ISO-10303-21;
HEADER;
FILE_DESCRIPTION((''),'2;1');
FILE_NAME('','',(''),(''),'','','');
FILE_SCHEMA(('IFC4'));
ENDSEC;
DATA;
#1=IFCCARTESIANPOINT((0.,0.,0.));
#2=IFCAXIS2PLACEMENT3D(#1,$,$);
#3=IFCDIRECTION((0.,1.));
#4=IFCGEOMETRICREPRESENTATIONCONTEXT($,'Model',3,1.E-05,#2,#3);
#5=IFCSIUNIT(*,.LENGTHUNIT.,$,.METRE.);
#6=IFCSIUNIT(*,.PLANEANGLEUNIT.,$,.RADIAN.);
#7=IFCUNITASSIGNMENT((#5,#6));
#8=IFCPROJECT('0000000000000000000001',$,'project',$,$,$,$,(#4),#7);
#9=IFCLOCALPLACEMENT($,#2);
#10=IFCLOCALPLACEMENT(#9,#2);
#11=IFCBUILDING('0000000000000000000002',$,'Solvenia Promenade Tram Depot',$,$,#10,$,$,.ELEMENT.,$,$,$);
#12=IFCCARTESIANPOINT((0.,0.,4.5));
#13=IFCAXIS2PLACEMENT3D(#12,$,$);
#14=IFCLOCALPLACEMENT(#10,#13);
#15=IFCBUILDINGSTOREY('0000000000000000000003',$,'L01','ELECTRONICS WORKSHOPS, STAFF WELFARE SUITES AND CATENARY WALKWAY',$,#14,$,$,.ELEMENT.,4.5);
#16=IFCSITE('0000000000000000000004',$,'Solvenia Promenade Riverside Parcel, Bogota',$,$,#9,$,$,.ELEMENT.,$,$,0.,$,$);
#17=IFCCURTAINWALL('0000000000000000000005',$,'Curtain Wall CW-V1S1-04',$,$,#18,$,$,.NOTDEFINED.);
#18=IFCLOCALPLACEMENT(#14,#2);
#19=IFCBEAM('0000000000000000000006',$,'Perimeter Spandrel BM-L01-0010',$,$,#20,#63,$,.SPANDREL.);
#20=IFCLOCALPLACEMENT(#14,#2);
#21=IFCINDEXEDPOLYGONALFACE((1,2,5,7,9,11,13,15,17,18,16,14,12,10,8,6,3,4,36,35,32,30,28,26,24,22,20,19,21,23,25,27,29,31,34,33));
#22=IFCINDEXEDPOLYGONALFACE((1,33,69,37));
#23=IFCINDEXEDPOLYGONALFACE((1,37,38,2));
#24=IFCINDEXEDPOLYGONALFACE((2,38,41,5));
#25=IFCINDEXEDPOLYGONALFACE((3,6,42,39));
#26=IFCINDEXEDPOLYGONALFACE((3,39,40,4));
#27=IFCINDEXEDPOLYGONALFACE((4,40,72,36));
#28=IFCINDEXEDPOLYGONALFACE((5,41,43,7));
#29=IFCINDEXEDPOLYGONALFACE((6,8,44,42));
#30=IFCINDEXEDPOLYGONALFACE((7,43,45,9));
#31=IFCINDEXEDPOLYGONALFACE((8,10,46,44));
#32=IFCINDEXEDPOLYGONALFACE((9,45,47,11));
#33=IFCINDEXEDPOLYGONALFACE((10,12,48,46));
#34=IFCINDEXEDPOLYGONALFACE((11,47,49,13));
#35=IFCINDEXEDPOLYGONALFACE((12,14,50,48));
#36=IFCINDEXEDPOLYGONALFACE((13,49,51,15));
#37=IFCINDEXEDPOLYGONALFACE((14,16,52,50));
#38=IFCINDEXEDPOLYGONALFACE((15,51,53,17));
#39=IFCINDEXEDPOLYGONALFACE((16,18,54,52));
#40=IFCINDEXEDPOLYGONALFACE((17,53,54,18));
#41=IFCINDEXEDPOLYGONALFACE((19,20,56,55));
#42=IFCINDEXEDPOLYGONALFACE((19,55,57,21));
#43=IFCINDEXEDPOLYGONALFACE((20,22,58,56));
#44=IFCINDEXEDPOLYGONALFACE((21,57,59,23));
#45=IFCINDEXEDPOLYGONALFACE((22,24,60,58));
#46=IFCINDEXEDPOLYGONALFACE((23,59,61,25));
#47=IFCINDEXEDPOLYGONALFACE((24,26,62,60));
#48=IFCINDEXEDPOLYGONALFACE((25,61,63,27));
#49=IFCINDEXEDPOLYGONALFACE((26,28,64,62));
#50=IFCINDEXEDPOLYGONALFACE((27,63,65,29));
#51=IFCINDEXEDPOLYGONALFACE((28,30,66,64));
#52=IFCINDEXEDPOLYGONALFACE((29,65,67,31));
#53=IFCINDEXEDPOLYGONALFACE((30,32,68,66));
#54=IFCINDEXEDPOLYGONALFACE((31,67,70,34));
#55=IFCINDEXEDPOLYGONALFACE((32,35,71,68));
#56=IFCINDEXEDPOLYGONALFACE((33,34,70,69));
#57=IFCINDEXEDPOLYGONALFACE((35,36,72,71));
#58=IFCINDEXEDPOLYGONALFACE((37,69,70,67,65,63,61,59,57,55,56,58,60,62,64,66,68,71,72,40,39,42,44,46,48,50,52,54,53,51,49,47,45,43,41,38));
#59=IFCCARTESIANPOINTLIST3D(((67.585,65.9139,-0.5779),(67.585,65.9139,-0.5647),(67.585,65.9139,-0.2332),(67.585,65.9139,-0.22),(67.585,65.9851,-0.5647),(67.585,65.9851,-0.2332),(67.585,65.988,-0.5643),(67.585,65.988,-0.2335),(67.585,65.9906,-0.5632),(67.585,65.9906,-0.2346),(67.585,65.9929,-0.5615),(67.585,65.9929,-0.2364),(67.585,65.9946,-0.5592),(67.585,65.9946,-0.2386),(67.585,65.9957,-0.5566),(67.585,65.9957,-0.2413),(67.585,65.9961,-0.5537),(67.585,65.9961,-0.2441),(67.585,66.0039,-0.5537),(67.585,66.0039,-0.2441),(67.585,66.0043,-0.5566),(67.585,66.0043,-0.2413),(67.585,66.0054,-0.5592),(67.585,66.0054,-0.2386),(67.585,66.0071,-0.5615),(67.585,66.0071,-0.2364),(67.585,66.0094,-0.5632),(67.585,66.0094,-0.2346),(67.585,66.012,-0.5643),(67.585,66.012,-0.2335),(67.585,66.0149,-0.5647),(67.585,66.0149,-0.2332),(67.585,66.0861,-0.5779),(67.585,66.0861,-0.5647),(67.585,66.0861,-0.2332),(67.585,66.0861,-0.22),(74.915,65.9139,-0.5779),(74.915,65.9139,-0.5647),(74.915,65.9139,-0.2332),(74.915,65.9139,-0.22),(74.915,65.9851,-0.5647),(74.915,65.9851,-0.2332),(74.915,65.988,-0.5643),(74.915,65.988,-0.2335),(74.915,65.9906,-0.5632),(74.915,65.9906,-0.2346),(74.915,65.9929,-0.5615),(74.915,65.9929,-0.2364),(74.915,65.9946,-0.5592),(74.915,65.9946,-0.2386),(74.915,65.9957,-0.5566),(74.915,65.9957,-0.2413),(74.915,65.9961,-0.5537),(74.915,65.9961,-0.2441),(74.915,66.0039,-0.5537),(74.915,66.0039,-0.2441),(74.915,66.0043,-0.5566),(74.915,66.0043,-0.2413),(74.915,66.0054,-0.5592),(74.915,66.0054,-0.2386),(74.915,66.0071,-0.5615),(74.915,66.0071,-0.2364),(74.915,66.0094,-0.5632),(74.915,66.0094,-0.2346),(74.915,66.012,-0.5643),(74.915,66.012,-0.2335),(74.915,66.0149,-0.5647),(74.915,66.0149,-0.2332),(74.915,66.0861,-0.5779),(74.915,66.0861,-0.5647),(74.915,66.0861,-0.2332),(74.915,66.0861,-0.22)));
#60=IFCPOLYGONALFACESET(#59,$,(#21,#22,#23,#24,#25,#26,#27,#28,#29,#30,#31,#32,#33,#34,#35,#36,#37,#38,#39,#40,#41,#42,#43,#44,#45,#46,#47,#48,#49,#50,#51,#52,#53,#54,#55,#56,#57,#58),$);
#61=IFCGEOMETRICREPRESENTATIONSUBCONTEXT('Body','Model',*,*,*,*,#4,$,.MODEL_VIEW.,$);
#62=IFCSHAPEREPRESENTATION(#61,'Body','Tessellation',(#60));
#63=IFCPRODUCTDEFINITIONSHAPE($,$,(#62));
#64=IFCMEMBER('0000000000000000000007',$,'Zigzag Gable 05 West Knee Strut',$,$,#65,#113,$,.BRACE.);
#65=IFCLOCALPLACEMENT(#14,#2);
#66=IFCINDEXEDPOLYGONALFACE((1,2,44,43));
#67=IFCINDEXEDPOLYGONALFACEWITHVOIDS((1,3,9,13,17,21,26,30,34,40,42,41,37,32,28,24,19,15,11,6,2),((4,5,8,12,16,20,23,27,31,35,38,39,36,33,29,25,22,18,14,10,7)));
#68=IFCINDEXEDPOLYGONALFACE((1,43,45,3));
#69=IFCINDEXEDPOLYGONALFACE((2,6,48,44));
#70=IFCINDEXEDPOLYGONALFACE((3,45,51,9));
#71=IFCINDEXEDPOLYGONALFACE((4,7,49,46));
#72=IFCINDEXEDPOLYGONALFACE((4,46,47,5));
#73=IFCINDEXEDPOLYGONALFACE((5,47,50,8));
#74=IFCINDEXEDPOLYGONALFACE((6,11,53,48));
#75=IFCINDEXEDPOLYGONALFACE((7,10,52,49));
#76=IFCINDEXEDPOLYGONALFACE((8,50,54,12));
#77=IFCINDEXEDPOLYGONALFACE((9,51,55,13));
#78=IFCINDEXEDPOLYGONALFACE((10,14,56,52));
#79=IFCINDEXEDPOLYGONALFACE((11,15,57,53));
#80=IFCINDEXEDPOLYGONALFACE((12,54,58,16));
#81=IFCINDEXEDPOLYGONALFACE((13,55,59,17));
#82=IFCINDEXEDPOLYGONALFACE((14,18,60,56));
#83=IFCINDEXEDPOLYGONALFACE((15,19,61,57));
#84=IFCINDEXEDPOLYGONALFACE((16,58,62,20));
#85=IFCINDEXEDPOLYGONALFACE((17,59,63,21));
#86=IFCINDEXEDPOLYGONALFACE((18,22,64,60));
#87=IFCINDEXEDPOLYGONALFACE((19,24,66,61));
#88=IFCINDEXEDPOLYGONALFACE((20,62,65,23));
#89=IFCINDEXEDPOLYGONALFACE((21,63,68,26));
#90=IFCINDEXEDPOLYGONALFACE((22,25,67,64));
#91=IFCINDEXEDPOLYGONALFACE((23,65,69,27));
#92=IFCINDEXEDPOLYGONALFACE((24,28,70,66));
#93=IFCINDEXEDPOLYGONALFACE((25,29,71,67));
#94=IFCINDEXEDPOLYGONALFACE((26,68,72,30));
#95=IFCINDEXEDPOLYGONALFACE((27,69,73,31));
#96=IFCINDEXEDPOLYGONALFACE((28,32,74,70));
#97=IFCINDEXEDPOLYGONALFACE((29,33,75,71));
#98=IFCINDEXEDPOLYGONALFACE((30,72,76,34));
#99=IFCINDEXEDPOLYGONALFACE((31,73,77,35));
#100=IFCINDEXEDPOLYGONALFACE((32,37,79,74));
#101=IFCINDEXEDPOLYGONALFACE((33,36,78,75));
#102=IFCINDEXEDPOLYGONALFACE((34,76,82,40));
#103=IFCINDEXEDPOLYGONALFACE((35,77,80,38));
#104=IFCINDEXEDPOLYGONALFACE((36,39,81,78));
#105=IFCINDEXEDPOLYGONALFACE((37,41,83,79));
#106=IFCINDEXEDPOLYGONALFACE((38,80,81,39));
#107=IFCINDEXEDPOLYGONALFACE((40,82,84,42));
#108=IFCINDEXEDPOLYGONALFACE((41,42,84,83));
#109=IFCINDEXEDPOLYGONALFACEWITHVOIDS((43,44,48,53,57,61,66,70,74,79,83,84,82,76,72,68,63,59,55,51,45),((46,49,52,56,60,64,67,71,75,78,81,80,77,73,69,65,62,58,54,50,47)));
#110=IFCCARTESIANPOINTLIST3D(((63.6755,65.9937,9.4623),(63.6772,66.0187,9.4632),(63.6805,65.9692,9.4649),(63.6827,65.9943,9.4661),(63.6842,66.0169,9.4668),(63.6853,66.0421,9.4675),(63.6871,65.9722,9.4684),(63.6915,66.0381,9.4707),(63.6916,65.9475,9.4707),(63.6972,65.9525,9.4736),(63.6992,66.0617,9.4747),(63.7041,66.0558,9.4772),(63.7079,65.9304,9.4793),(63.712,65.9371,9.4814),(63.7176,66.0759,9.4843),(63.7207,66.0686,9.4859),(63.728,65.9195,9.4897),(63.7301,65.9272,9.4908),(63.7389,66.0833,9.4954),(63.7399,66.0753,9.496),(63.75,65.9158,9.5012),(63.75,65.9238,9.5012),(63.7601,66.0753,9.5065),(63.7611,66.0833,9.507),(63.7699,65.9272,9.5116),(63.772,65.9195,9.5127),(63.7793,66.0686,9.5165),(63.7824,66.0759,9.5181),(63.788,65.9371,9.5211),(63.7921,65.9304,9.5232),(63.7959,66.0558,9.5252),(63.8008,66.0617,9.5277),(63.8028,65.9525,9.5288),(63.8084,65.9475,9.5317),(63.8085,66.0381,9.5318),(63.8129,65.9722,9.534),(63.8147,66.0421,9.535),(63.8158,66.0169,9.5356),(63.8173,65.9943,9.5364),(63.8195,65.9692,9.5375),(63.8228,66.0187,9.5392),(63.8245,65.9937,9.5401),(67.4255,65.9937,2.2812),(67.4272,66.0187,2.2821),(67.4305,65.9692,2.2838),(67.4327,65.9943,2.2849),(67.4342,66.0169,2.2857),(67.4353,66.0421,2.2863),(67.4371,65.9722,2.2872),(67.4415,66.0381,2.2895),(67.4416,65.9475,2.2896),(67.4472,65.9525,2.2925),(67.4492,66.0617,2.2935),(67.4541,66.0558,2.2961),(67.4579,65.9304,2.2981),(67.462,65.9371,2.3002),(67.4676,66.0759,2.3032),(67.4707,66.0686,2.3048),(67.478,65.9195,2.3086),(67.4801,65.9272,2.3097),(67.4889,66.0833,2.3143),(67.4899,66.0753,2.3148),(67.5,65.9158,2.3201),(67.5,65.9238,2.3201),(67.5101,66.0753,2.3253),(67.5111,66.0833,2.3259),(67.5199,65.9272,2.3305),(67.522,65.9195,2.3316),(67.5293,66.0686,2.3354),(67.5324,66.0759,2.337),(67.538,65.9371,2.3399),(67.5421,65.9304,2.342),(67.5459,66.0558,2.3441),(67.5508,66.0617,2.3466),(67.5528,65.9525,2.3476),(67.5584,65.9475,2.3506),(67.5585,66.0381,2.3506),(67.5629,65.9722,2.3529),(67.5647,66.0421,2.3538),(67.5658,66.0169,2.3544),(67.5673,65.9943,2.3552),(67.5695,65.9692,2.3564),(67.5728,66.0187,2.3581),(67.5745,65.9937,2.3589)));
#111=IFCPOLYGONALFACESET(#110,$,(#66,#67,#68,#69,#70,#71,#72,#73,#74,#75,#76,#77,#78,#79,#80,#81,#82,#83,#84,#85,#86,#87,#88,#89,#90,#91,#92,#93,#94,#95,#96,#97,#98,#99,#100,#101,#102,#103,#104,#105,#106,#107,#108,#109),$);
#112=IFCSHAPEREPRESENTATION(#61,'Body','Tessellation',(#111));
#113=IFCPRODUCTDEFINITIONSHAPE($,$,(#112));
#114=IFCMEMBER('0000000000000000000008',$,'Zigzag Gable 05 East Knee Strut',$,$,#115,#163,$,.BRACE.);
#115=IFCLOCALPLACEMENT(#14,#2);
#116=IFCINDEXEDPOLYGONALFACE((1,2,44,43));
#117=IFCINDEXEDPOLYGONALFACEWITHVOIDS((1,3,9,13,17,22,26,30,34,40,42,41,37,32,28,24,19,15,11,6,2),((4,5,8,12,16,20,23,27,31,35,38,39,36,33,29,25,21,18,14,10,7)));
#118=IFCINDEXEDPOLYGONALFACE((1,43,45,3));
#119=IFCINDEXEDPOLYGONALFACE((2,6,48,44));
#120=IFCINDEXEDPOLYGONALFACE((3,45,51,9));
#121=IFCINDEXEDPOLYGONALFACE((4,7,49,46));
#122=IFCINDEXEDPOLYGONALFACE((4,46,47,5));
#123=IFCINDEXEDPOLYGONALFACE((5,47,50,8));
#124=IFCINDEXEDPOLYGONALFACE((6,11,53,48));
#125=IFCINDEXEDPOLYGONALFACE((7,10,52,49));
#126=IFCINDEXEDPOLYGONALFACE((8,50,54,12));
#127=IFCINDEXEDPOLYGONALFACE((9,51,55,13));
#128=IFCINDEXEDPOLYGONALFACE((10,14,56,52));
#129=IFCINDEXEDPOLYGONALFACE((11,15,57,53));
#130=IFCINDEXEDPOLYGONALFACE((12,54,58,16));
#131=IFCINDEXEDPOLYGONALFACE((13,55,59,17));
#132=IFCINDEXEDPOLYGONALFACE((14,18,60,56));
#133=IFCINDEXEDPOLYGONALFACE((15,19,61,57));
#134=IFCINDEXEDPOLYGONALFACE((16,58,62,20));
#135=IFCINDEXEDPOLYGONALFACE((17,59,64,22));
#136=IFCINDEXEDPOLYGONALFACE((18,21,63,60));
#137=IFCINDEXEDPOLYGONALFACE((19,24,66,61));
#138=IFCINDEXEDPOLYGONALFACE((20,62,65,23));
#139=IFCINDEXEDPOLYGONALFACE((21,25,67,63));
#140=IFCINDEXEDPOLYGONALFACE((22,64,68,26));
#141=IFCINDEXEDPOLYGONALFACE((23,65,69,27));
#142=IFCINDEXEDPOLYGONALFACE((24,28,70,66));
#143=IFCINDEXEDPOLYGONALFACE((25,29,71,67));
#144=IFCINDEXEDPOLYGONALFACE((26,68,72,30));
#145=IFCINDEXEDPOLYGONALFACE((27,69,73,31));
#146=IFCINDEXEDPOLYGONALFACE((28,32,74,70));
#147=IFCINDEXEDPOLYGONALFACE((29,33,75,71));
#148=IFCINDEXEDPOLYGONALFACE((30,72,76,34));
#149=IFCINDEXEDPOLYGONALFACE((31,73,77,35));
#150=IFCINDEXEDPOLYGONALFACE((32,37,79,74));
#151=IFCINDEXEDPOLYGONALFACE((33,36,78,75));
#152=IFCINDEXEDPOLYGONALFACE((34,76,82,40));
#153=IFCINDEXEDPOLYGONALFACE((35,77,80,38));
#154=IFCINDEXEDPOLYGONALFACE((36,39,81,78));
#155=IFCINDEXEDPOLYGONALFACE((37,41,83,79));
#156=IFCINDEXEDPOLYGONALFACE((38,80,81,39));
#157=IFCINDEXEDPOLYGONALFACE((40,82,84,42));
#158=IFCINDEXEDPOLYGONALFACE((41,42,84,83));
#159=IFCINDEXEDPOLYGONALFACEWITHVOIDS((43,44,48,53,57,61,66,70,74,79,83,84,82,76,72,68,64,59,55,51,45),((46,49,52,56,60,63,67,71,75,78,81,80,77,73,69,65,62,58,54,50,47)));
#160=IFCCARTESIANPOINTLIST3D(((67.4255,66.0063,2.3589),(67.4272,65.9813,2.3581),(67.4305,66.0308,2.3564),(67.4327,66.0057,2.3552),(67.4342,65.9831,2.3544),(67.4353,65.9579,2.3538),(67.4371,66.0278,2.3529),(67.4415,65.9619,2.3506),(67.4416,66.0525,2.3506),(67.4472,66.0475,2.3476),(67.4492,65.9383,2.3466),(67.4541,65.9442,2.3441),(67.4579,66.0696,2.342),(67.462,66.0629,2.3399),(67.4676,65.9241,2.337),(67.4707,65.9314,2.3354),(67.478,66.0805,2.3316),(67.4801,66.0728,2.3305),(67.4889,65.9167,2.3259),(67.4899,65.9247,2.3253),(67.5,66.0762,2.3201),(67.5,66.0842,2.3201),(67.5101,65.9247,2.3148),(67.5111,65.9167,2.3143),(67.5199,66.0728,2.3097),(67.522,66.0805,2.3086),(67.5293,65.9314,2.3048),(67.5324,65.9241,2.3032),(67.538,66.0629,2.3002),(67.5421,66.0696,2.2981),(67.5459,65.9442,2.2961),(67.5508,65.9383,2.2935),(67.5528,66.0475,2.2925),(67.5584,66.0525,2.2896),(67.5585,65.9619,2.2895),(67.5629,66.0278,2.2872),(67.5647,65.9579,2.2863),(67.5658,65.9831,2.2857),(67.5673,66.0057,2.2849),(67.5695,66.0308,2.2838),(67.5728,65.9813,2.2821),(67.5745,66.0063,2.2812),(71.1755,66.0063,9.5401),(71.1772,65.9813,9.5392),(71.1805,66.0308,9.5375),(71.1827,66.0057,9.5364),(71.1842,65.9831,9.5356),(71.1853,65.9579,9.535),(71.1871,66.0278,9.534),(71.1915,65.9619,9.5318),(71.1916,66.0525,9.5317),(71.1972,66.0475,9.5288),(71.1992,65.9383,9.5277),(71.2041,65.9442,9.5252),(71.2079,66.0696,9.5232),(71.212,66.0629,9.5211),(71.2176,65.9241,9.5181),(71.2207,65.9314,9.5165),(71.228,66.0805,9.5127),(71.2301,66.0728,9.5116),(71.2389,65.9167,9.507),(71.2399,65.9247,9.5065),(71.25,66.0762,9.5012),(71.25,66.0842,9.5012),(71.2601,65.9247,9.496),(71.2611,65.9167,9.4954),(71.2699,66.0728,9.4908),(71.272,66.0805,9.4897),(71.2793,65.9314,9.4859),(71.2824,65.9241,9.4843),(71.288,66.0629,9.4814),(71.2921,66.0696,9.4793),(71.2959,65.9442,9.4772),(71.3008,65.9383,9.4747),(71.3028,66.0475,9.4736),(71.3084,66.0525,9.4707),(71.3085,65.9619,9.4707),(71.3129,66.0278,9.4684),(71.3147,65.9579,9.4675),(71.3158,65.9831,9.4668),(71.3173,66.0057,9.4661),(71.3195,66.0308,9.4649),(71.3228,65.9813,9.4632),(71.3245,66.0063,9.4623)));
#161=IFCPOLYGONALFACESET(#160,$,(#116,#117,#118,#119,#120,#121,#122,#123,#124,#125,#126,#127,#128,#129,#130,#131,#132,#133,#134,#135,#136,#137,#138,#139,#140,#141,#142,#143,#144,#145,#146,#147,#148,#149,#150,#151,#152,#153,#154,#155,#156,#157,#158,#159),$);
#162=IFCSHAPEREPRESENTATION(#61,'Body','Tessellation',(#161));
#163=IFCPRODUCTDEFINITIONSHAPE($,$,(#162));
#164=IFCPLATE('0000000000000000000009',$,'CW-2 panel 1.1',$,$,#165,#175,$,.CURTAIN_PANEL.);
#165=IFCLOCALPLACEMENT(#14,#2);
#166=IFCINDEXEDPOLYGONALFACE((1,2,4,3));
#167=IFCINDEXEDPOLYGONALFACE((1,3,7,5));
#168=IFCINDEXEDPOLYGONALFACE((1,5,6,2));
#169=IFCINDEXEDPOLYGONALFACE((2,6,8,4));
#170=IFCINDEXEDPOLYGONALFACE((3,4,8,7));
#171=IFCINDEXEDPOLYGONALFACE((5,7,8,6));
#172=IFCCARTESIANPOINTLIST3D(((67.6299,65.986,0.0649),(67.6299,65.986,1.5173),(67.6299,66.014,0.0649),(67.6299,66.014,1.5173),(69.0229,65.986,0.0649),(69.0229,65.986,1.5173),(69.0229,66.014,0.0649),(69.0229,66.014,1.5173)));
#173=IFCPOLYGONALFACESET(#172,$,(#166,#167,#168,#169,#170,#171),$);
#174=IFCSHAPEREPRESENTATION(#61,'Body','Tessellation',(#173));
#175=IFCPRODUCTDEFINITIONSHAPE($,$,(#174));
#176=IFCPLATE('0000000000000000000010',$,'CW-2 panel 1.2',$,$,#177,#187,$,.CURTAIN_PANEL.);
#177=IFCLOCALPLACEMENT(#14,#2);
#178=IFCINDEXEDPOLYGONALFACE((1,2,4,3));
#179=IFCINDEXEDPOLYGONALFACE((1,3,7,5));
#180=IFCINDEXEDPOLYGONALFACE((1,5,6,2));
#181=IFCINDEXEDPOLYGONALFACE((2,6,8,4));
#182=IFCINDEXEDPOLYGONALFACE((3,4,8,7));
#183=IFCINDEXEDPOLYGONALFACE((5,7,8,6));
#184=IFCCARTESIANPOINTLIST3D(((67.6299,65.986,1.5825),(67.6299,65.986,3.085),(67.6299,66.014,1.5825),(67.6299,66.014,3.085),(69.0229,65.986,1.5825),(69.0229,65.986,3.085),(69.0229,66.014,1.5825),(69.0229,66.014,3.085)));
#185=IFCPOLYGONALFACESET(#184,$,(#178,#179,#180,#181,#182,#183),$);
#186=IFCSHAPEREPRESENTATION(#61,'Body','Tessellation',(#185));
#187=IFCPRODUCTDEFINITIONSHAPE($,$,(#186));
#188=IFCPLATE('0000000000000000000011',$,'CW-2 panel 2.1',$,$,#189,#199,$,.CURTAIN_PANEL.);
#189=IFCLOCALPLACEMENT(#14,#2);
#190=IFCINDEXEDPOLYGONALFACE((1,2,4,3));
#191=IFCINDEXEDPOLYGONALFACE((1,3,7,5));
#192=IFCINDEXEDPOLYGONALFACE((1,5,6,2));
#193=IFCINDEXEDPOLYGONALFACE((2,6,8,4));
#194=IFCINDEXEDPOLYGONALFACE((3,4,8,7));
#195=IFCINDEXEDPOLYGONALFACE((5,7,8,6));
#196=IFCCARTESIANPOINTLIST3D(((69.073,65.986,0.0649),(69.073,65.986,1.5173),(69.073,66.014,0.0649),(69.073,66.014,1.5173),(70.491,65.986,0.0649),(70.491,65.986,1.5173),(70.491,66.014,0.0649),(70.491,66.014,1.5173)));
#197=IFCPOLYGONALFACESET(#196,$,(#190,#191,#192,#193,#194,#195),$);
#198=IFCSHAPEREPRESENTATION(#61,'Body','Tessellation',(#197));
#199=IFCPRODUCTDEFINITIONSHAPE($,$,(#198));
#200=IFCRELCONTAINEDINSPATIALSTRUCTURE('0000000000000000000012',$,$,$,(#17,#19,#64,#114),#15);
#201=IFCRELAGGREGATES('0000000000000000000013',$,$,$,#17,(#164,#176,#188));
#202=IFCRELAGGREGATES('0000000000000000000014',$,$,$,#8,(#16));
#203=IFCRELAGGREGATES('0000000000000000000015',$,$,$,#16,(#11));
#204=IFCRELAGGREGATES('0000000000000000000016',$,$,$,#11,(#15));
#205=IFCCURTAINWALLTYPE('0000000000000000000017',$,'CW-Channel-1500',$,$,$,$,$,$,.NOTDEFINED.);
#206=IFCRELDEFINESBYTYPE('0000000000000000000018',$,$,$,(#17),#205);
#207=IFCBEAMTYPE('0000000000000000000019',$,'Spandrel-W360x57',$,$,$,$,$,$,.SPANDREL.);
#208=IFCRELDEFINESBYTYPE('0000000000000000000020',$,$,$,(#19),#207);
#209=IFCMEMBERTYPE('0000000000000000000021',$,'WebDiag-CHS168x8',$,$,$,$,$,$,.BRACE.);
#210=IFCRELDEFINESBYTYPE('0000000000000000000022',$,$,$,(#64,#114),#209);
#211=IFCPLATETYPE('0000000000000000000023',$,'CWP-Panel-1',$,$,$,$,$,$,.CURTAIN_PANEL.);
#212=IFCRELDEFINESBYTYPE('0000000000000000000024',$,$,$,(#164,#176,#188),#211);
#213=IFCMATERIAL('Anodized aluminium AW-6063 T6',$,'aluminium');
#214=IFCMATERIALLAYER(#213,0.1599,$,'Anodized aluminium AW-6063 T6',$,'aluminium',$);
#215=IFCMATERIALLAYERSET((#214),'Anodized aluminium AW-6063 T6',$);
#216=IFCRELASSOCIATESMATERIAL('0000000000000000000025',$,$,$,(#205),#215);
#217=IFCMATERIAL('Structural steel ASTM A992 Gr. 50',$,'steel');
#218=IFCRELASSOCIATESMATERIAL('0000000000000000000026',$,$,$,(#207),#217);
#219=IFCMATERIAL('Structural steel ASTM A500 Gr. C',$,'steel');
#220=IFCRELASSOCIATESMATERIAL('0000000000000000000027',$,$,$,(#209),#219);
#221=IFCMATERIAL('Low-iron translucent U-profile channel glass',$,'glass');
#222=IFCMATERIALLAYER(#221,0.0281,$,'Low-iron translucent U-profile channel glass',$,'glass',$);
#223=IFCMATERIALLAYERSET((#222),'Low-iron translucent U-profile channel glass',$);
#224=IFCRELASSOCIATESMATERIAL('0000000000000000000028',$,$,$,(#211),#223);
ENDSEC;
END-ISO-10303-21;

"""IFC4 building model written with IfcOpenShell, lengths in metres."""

from ifc_helpers import new_model, si_unit, direction, frame, origin, origin_2d, place, context, subcontext, project, spatial, rectangle, hollow_circle, i_section, extrude, material, layer, layer_set, material_profile, profile_set, type_object, element, aggregate, save


model = new_model("IFC4")

# Units and contexts
model_context = context("Model", 3, precision=1e-05, world=origin(), true_north=direction((0.0, 1.0)))
body_context = subcontext(model_context, "Body", "Model", "MODEL_VIEW")
ifc_project = project(units=[si_unit("LENGTHUNIT", "METRE"), si_unit("PLANEANGLEUNIT", "RADIAN")], contexts=[model_context])

# Site, building, storey
site_placement = place(None, origin())
site = spatial("IfcSite", under=ifc_project, at=site_placement, Name="Solvenia Promenade Riverside Parcel, Bogota", CompositionType="ELEMENT", RefElevation=0.0)
building_placement = place(site_placement, origin())
building = spatial("IfcBuilding", under=site, at=building_placement, Name="Solvenia Promenade Tram Depot", CompositionType="ELEMENT")
storey_placement = place(building_placement, frame((0.0, 0.0, 4.5)))
storey = spatial("IfcBuildingStorey", under=building, at=storey_placement, Name="L01", Description="ELECTRONICS WORKSHOPS, STAFF WELFARE SUITES AND CATENARY WALKWAY", CompositionType="ELEMENT", Elevation=4.5)

# Shared definitions
ifc_material_1 = material(Name="Structural steel ASTM A992 Gr. 50", Category="steel")

# Shared definitions
ifc_material_2 = material(Name="Structural steel ASTM A500 Gr. C", Category="steel")

# Shared definitions
ifc_material_3 = material(Name="Anodized aluminium AW-6063 T6", Category="aluminium")
ifc_layer_1 = layer(ifc_material_3, 0.1599, Name="Anodized aluminium AW-6063 T6", Category="aluminium")
ifc_layer_set_1 = layer_set([ifc_layer_1], Name="Anodized aluminium AW-6063 T6")
curtain_wall_type = type_object("IfcCurtainWallType", Name="CW-Channel-1500", PredefinedType="NOTDEFINED", material=ifc_layer_set_1)

# Curtain wall
curtain_wall_1_placement = place(storey_placement, origin())
curtain_wall_1 = element("IfcCurtainWall", 1, at=curtain_wall_1_placement, inside=storey, type_object=curtain_wall_type, Name="Curtain Wall CW-V1S1-04", PredefinedType="NOTDEFINED")

# Beam
ifc_material_profile_1 = material_profile(ifc_material_1, i_section(OverallWidth=0.1721, OverallDepth=0.3579, WebThickness=0.0078, FlangeThickness=0.0132, FilletRadius=0.011, at=origin_2d()), Name="W360x57", Category="steel")
ifc_profile_set_1 = profile_set([ifc_material_profile_1], Name="Structural steel ASTM A992 Gr. 50")
beam_type = type_object("IfcBeamType", Name="Spandrel-W360x57", PredefinedType="SPANDREL", material=ifc_profile_set_1)
beam_placement = place(storey_placement, frame((67.585, 66.0, -0.3989), z_axis=(1.0, 0.0, 0.0), x_axis=(0.0, 1.0, 0.0)))
element("IfcBeam", 2, at=beam_placement, inside=storey, type_object=beam_type, Name="Perimeter Spandrel BM-L01-0010", PredefinedType="SPANDREL", context=body_context, shape_type="SweptSolid", body=[
    extrude(i_section(OverallWidth=0.1721, OverallDepth=0.3579, WebThickness=0.0078, FlangeThickness=0.0132, FilletRadius=0.011, at=origin_2d()), origin(), (0.0, 0.0, 1.0), 7.3301),
])

# Members
ifc_material_profile_2 = material_profile(ifc_material_2, hollow_circle(Radius=0.0842, WallThickness=0.0081, at=origin_2d()), Name="CHS168.3x8", Category="steel")
ifc_profile_set_2 = profile_set([ifc_material_profile_2], Name="Structural steel ASTM A500 Gr. C")
member_type_1 = type_object("IfcMemberType", Name="WebDiag-CHS168x8", PredefinedType="BRACE", material=ifc_profile_set_2)
for number, where, z_axis, x_axis, name in (
    (3, (67.5, 66.0, 2.3201), (-0.462887, 0.0, 0.886417), (0.0, -1.0, 0.0), "Zigzag Gable 05 West Knee Strut"),
    (4, (67.5, 66.0, 2.3201), (0.462887, 0.0, 0.886417), (0.0, 1.0, 0.0), "Zigzag Gable 05 East Knee Strut"),
):
    element("IfcMember", number, at=place(storey_placement, frame(where, z_axis=z_axis, x_axis=x_axis)), inside=storey, type_object=member_type_1, Name=name, PredefinedType="BRACE", context=body_context, shape_type="SweptSolid", body=[
        extrude(hollow_circle(Radius=0.0842, WallThickness=0.0081, at=origin_2d()), origin(), (0.0, 0.0, 1.0), 8.1013),
    ])

# Plates
ifc_material_4 = material(Name="Low-iron translucent U-profile channel glass", Category="glass")
ifc_layer_2 = layer(ifc_material_4, 0.0281, Name="Low-iron translucent U-profile channel glass", Category="glass")
ifc_layer_set_2 = layer_set([ifc_layer_2], Name="Low-iron translucent U-profile channel glass")
plate_type = type_object("IfcPlateType", Name="CWP-Panel-1", PredefinedType="CURTAIN_PANEL", material=ifc_layer_set_2)
plate_1_placement = place(storey_placement, frame((68.3264, 66.0, 0.0649), z_axis=(0.0, 0.0, 1.0), x_axis=(1.0, 0.0, 0.0)))
plate_1 = element("IfcPlate", 5, at=plate_1_placement, type_object=plate_type, Name="CW-2 panel 1.1", PredefinedType="CURTAIN_PANEL", context=body_context, shape_type="SweptSolid", body=[
    extrude(rectangle(XDim=1.3931, YDim=0.0281, at=origin_2d()), origin(), (0.0, 0.0, 1.0), 1.4524),
])
plate_2_placement = place(storey_placement, frame((68.3264, 66.0, 1.5825), z_axis=(0.0, 0.0, 1.0), x_axis=(1.0, 0.0, 0.0)))
plate_2 = element("IfcPlate", 6, at=plate_2_placement, type_object=plate_type, Name="CW-2 panel 1.2", PredefinedType="CURTAIN_PANEL", context=body_context, shape_type="SweptSolid", body=[
    extrude(rectangle(XDim=1.3931, YDim=0.0281, at=origin_2d()), origin(), (0.0, 0.0, 1.0), 1.5024),
])
plate_3_placement = place(storey_placement, frame((69.782, 66.0, 0.0649), z_axis=(0.0, 0.0, 1.0), x_axis=(1.0, 0.0, 0.0)))
plate_3 = element("IfcPlate", 7, at=plate_3_placement, type_object=plate_type, Name="CW-2 panel 2.1", PredefinedType="CURTAIN_PANEL", context=body_context, shape_type="SweptSolid", body=[
    extrude(rectangle(XDim=1.418, YDim=0.0281, at=origin_2d()), origin(), (0.0, 0.0, 1.0), 1.4524),
])
aggregate(curtain_wall_1, [plate_1, plate_2, plate_3])

save(model, "model.ifc")
